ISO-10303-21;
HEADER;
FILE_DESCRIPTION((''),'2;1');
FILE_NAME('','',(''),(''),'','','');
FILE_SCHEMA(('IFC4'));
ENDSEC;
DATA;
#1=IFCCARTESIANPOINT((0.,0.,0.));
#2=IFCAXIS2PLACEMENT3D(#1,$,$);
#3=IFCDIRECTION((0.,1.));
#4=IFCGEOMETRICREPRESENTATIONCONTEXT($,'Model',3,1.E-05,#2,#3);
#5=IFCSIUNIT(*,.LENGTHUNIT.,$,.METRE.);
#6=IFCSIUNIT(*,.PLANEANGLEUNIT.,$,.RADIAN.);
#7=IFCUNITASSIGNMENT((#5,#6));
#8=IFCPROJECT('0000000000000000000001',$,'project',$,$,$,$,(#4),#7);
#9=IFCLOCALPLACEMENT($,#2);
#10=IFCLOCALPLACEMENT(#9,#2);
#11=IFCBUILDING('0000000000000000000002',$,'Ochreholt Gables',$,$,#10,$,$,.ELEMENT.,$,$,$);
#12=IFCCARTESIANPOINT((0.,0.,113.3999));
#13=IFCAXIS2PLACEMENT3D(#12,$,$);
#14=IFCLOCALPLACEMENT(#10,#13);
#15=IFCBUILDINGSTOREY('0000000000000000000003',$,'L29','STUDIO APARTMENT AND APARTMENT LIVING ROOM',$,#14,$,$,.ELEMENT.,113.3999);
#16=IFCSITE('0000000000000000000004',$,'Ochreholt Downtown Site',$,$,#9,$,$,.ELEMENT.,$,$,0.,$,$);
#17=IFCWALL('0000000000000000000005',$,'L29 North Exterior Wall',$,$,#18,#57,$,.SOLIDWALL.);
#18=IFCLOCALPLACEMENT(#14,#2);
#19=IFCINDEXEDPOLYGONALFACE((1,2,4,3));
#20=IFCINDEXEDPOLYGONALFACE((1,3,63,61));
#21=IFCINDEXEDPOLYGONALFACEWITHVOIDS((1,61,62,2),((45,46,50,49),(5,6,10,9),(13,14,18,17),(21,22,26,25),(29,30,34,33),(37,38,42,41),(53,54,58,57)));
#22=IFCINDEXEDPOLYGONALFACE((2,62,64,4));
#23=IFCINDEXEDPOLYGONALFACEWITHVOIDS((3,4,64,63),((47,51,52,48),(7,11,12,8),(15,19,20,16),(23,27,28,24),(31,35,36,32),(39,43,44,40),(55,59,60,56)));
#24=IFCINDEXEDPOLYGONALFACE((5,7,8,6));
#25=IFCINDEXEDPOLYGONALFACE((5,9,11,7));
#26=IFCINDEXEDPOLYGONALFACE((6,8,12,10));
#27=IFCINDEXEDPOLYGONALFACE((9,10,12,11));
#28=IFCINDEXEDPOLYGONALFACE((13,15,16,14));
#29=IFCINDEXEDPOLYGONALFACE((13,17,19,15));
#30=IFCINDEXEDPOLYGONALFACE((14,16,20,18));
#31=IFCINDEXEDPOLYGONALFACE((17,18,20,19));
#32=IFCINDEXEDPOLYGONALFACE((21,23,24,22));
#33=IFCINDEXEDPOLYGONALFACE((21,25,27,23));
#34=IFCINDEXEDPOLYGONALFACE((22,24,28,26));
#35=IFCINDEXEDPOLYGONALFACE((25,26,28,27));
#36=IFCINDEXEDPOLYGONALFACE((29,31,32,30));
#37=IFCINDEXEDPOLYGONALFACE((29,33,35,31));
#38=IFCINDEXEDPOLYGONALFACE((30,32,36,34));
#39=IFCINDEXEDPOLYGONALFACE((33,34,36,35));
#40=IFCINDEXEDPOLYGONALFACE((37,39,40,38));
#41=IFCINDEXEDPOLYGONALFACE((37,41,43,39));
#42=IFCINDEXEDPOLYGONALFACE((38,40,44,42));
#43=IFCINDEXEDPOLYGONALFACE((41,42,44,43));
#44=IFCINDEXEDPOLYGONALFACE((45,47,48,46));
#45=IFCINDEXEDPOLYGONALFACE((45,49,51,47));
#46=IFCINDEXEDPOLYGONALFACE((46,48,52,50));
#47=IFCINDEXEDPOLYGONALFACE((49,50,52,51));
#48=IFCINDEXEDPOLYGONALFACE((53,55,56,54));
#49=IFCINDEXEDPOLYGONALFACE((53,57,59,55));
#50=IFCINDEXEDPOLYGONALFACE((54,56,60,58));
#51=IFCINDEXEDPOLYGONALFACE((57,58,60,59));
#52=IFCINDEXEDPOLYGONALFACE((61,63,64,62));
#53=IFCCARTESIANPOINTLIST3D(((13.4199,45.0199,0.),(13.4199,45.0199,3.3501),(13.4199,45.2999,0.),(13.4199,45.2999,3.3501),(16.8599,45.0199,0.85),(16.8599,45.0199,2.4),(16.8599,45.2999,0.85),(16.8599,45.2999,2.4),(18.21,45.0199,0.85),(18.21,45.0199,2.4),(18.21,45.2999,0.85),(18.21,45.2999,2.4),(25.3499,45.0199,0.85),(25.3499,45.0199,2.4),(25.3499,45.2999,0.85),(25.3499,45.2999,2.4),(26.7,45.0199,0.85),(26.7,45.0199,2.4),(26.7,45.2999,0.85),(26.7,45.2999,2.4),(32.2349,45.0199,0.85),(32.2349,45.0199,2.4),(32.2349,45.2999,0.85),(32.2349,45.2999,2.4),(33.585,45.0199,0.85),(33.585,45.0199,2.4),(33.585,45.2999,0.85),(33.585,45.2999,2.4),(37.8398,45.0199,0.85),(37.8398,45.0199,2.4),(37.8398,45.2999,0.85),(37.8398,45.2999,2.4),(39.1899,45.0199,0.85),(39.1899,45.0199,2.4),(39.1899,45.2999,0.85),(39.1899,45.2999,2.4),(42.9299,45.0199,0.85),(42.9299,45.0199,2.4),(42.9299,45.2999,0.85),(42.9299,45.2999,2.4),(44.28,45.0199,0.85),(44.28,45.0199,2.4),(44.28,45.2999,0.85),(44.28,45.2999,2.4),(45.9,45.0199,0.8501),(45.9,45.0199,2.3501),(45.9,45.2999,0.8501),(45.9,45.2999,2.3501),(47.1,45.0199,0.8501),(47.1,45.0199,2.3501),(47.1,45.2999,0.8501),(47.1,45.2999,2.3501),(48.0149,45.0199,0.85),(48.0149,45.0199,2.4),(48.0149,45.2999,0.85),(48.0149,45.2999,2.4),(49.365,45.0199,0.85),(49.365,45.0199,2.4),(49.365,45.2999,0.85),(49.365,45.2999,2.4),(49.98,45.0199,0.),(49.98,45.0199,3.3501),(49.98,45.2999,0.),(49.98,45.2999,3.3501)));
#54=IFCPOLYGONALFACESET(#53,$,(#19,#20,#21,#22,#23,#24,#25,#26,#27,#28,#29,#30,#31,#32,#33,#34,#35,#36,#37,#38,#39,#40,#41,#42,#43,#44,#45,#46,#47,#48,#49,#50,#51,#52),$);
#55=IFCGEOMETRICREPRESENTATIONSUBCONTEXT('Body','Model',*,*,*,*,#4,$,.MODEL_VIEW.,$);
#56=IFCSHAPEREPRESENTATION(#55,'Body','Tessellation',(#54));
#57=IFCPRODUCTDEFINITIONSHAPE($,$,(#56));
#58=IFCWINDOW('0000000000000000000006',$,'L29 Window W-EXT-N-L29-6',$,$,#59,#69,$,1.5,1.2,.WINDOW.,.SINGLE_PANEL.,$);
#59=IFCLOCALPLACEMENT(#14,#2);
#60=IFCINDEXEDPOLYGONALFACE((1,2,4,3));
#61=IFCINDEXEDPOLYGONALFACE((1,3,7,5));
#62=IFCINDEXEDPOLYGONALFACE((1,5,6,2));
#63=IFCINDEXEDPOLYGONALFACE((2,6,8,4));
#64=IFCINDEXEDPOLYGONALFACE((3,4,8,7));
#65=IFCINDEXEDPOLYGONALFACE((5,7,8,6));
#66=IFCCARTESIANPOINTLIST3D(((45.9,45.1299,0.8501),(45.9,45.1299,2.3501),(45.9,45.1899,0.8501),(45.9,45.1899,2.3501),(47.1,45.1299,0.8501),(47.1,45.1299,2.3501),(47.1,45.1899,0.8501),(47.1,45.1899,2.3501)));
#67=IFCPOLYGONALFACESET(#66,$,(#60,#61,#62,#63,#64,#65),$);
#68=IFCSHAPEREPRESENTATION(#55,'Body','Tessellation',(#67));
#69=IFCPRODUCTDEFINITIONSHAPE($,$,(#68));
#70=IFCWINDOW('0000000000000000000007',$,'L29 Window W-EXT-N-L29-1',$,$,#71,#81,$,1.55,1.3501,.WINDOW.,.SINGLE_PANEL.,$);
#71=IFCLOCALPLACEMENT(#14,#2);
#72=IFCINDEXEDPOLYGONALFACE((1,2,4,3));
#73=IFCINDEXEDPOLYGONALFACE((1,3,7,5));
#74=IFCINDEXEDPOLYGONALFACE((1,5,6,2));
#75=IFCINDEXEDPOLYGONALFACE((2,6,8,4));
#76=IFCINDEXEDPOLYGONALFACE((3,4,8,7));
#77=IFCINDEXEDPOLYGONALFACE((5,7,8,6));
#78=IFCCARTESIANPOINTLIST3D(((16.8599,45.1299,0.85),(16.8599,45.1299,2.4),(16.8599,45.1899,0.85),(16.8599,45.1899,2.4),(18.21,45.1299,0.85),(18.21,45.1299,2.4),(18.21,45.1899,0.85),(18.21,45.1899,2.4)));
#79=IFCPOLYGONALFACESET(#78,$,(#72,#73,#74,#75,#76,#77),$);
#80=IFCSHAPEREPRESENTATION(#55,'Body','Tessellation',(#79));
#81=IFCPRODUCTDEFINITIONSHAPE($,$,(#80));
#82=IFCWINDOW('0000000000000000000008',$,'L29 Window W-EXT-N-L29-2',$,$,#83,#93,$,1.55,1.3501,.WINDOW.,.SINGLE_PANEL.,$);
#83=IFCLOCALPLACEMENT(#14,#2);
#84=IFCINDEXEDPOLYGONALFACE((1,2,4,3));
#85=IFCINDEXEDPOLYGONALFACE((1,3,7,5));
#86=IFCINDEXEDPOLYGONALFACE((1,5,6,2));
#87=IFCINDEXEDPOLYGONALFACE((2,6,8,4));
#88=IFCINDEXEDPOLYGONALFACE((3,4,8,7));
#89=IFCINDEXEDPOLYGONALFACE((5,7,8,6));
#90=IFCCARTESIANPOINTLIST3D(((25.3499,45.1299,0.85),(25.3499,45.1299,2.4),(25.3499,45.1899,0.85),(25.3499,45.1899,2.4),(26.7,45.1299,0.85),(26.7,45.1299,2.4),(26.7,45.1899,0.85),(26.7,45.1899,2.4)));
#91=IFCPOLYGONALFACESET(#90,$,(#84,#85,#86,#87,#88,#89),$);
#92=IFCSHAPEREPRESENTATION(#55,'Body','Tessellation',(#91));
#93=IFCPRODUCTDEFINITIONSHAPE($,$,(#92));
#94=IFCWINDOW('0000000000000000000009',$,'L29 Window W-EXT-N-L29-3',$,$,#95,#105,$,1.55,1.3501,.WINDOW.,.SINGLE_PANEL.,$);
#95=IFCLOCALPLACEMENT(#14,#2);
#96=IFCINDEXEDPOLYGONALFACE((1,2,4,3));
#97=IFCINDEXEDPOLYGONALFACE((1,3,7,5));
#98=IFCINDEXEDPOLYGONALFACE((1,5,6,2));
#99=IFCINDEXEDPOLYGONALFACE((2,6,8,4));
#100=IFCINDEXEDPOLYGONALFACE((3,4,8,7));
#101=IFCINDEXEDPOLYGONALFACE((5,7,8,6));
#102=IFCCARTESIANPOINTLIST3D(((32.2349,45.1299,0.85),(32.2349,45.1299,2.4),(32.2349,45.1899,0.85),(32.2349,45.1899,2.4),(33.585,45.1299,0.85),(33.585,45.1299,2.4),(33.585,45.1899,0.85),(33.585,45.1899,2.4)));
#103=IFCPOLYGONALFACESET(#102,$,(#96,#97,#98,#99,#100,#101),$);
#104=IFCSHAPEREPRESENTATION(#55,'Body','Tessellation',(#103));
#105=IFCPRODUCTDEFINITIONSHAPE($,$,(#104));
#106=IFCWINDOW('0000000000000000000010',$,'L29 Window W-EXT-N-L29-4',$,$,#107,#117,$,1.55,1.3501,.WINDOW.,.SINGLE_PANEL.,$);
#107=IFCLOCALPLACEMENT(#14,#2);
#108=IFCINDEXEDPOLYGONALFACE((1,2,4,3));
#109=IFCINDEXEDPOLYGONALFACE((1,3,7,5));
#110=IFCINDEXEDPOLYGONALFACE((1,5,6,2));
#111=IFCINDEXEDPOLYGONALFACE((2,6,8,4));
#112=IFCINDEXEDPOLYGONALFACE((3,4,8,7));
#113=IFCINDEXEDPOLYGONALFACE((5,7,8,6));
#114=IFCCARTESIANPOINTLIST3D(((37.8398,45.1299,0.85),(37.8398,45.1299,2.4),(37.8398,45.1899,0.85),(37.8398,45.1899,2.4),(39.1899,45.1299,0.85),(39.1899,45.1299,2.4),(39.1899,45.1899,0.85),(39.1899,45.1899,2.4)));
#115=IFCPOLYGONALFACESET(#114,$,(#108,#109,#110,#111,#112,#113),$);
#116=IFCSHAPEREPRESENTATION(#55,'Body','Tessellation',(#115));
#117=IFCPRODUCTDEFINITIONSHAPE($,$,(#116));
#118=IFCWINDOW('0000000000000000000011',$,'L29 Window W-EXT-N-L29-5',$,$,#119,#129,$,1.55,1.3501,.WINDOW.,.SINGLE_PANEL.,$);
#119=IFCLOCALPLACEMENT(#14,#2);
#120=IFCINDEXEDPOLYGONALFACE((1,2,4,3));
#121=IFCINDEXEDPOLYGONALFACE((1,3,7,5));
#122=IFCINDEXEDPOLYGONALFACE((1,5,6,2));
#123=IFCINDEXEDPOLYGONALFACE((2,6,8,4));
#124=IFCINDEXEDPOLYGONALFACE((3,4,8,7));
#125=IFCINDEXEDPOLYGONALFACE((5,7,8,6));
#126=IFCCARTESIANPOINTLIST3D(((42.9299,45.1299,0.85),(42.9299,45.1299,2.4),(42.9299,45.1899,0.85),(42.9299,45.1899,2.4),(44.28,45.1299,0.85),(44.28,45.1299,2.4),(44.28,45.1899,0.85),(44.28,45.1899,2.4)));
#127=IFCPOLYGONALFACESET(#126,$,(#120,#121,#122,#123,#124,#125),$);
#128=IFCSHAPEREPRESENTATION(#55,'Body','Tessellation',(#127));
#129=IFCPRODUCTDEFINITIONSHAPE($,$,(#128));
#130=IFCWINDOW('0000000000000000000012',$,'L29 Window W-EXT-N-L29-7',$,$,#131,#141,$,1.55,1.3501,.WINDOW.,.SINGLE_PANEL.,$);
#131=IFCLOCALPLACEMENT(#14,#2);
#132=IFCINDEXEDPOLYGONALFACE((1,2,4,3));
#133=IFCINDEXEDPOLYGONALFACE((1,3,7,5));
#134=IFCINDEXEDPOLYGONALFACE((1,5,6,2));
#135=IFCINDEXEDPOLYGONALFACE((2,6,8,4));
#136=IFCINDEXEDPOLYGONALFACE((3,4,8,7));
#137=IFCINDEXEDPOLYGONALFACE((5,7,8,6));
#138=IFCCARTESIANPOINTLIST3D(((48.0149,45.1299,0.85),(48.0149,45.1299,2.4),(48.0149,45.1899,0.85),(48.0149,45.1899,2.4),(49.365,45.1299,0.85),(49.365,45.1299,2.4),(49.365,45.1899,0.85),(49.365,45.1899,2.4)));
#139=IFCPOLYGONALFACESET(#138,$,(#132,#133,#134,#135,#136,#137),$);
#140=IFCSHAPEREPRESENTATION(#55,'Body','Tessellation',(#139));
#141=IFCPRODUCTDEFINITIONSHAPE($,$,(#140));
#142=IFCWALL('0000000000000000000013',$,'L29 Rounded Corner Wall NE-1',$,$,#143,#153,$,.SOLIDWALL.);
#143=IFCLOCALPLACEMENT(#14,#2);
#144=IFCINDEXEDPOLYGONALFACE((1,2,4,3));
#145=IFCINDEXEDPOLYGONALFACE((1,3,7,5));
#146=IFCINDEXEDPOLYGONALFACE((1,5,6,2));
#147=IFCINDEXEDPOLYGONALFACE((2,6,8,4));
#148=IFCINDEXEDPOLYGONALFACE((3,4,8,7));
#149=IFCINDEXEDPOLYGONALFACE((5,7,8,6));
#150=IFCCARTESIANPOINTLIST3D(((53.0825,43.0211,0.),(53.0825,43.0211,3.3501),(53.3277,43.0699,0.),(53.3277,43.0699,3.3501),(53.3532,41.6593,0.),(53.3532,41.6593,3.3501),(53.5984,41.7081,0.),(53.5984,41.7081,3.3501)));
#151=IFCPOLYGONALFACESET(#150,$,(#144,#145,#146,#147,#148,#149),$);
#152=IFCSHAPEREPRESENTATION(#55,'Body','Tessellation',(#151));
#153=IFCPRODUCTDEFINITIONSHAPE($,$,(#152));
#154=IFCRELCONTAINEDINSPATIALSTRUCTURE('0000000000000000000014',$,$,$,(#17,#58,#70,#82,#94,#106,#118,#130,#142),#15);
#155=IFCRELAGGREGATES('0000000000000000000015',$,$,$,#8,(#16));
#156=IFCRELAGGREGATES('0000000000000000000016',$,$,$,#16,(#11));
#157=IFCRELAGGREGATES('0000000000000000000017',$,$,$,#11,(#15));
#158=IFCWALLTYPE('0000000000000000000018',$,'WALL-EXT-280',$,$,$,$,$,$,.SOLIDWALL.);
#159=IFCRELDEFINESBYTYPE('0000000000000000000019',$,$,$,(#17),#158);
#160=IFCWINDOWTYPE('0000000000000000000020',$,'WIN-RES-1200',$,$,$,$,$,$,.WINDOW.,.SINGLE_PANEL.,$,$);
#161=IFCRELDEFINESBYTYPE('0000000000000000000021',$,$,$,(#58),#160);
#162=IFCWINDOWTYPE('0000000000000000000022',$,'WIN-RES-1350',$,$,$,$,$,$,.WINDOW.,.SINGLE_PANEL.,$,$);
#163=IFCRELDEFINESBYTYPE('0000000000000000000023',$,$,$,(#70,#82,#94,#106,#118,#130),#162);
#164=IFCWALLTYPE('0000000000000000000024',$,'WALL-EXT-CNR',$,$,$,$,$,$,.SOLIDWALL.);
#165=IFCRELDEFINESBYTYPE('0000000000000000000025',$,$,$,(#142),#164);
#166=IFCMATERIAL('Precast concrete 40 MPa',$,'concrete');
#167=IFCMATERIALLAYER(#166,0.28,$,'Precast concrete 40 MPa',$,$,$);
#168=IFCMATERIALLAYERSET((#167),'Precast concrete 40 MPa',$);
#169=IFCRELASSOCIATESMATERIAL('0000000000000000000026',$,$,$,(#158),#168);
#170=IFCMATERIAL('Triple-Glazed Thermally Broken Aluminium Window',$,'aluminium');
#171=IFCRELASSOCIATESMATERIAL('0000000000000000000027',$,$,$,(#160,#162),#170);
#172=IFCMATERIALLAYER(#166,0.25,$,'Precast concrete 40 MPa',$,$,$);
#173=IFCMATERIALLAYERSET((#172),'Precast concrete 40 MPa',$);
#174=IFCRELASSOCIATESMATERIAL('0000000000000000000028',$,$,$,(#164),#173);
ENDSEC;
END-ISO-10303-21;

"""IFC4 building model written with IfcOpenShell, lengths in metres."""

from ifc_helpers import new_model, si_unit, direction, frame, frame_2d, origin, place, context, subcontext, project, spatial, rectangle, extrude, material, layer, layer_set, type_object, element, fill, save


model = new_model("IFC4")

# Units and contexts
model_context = context("Model", 3, precision=1e-05, world=origin(), true_north=direction((0.0, 1.0)))
body_context = subcontext(model_context, "Body", "Model", "MODEL_VIEW")
ifc_project = project(units=[si_unit("LENGTHUNIT", "METRE"), si_unit("PLANEANGLEUNIT", "RADIAN")], contexts=[model_context])

# Site, building, storey
site_placement = place(None, origin())
site = spatial("IfcSite", under=ifc_project, at=site_placement, Name="Ochreholt Downtown Site", CompositionType="ELEMENT", RefElevation=0.0)
building_placement = place(site_placement, origin())
building = spatial("IfcBuilding", under=site, at=building_placement, Name="Ochreholt Gables", CompositionType="ELEMENT")
storey_placement = place(building_placement, frame((0.0, 0.0, 113.3999)))
storey = spatial("IfcBuildingStorey", under=building, at=storey_placement, Name="L29", Description="STUDIO APARTMENT AND APARTMENT LIVING ROOM", CompositionType="ELEMENT", Elevation=113.3999)

# Wall, openings, windows
ifc_material_1 = material(Name="Precast concrete 40 MPa", Category="concrete")
ifc_layer_1 = layer(ifc_material_1, 0.28, Name="Precast concrete 40 MPa")
ifc_layer_set_1 = layer_set([ifc_layer_1], Name="Precast concrete 40 MPa")
wall_type_1 = type_object("IfcWallType", Name="WALL-EXT-280", PredefinedType="SOLIDWALL", material=ifc_layer_set_1)
wall_1_placement = place(storey_placement, frame((49.98, 45.1599, 0.0), z_axis=(0.0, 0.0, 1.0), x_axis=(-1.0, 0.0, 0.0)))
wall_1 = element("IfcWall", 1, at=wall_1_placement, inside=storey, type_object=wall_type_1, Name="L29 North Exterior Wall", PredefinedType="SOLIDWALL", context=body_context, shape_type="SweptSolid", body=[
    extrude(rectangle(XDim=36.5601, YDim=0.28, at=frame_2d((18.28, 0.0))), origin(), (0.0, 0.0, 1.0), 3.3501),
])
opening_1_placement = place(wall_1_placement, frame((31.77, 0.0, 0.8501)))
opening_1 = element("IfcOpeningElement", 2, at=opening_1_placement, cuts=wall_1, PredefinedType="OPENING", context=body_context, shape_type="SweptSolid", body=[
    extrude(rectangle(XDim=1.3501, YDim=1.55, at=frame_2d((0.675, 0.7749))), frame((0.0, 0.1499, 0.0), z_axis=(0.0, -1.0, 0.0), x_axis=(1.0, 0.0, 0.0)), (0.0, 0.0, 1.0), 0.3),
])
opening_2_placement = place(wall_1_placement, frame((23.28, 0.0, 0.8501)))
opening_2 = element("IfcOpeningElement", 3, at=opening_2_placement, cuts=wall_1, PredefinedType="OPENING", context=body_context, shape_type="SweptSolid", body=[
    extrude(rectangle(XDim=1.3501, YDim=1.55, at=frame_2d((0.675, 0.7749))), frame((0.0, 0.1499, 0.0), z_axis=(0.0, -1.0, 0.0), x_axis=(1.0, 0.0, 0.0)), (0.0, 0.0, 1.0), 0.3),
])
opening_3_placement = place(wall_1_placement, frame((16.395, 0.0, 0.8501)))
opening_3 = element("IfcOpeningElement", 4, at=opening_3_placement, cuts=wall_1, PredefinedType="OPENING", context=body_context, shape_type="SweptSolid", body=[
    extrude(rectangle(XDim=1.3501, YDim=1.55, at=frame_2d((0.675, 0.7749))), frame((0.0, 0.1499, 0.0), z_axis=(0.0, -1.0, 0.0), x_axis=(1.0, 0.0, 0.0)), (0.0, 0.0, 1.0), 0.3),
])
opening_4_placement = place(wall_1_placement, frame((10.79, 0.0, 0.8501)))
opening_4 = element("IfcOpeningElement", 5, at=opening_4_placement, cuts=wall_1, PredefinedType="OPENING", context=body_context, shape_type="SweptSolid", body=[
    extrude(rectangle(XDim=1.3501, YDim=1.55, at=frame_2d((0.675, 0.7749))), frame((0.0, 0.1499, 0.0), z_axis=(0.0, -1.0, 0.0), x_axis=(1.0, 0.0, 0.0)), (0.0, 0.0, 1.0), 0.3),
])
opening_5_placement = place(wall_1_placement, frame((5.7, 0.0, 0.8501)))
opening_5 = element("IfcOpeningElement", 6, at=opening_5_placement, cuts=wall_1, PredefinedType="OPENING", context=body_context, shape_type="SweptSolid", body=[
    extrude(rectangle(XDim=1.3501, YDim=1.55, at=frame_2d((0.675, 0.7749))), frame((0.0, 0.1499, 0.0), z_axis=(0.0, -1.0, 0.0), x_axis=(1.0, 0.0, 0.0)), (0.0, 0.0, 1.0), 0.3),
])
opening_6_placement = place(wall_1_placement, frame((2.8799, 0.0, 0.8501)))
opening_6 = element("IfcOpeningElement", 7, at=opening_6_placement, cuts=wall_1, PredefinedType="OPENING", context=body_context, shape_type="SweptSolid", body=[
    extrude(rectangle(XDim=1.2, YDim=1.5, at=frame_2d((0.6001, 0.75))), frame((0.0, 0.1499, 0.0), z_axis=(0.0, -1.0, 0.0), x_axis=(1.0, 0.0, 0.0)), (0.0, 0.0, 1.0), 0.3),
])
opening_7_placement = place(wall_1_placement, frame((0.615, 0.0, 0.8501)))
opening_7 = element("IfcOpeningElement", 8, at=opening_7_placement, cuts=wall_1, PredefinedType="OPENING", context=body_context, shape_type="SweptSolid", body=[
    extrude(rectangle(XDim=1.3501, YDim=1.55, at=frame_2d((0.675, 0.7749))), frame((0.0, 0.1499, 0.0), z_axis=(0.0, -1.0, 0.0), x_axis=(1.0, 0.0, 0.0)), (0.0, 0.0, 1.0), 0.3),
])
ifc_material_2 = material(Name="Triple-Glazed Thermally Broken Aluminium Window", Category="aluminium")
window_type_1 = type_object("IfcWindowType", Name="WIN-RES-1200", PartitioningType="SINGLE_PANEL", PredefinedType="WINDOW", material=ifc_material_2)
window_1_placement = place(opening_6_placement, origin())
window_1 = element("IfcWindow", 9, at=window_1_placement, inside=storey, type_object=window_type_1, Name="L29 Window W-EXT-N-L29-6", OverallHeight=1.5, OverallWidth=1.2, PartitioningType="SINGLE_PANEL", PredefinedType="WINDOW", context=body_context, shape_type="SweptSolid", body=[
    extrude(rectangle(XDim=1.2, YDim=1.5, at=frame_2d((0.6001, 0.75))), frame((0.0, 0.03, 0.0), z_axis=(0.0, -1.0, 0.0), x_axis=(1.0, 0.0, 0.0)), (0.0, 0.0, 1.0), 0.0601),
])
fill(opening_6, window_1)
window_type_2 = type_object("IfcWindowType", Name="WIN-RES-1350", PartitioningType="SINGLE_PANEL", PredefinedType="WINDOW", material=ifc_material_2)
window_2_placement = place(opening_1_placement, origin())
window_2 = element("IfcWindow", 10, at=window_2_placement, inside=storey, type_object=window_type_2, Name="L29 Window W-EXT-N-L29-1", OverallHeight=1.55, OverallWidth=1.3501, PartitioningType="SINGLE_PANEL", PredefinedType="WINDOW", context=body_context, shape_type="SweptSolid", body=[
    extrude(rectangle(XDim=1.3501, YDim=1.55, at=frame_2d((0.675, 0.7749))), frame((0.0, 0.03, 0.0), z_axis=(0.0, -1.0, 0.0), x_axis=(1.0, 0.0, 0.0)), (0.0, 0.0, 1.0), 0.0601),
])
fill(opening_1, window_2)
window_3_placement = place(opening_2_placement, origin())
window_3 = element("IfcWindow", 11, at=window_3_placement, inside=storey, type_object=window_type_2, Name="L29 Window W-EXT-N-L29-2", OverallHeight=1.55, OverallWidth=1.3501, PartitioningType="SINGLE_PANEL", PredefinedType="WINDOW", context=body_context, shape_type="SweptSolid", body=[
    extrude(rectangle(XDim=1.3501, YDim=1.55, at=frame_2d((0.675, 0.7749))), frame((0.0, 0.03, 0.0), z_axis=(0.0, -1.0, 0.0), x_axis=(1.0, 0.0, 0.0)), (0.0, 0.0, 1.0), 0.0601),
])
fill(opening_2, window_3)
window_4_placement = place(opening_3_placement, origin())
window_4 = element("IfcWindow", 12, at=window_4_placement, inside=storey, type_object=window_type_2, Name="L29 Window W-EXT-N-L29-3", OverallHeight=1.55, OverallWidth=1.3501, PartitioningType="SINGLE_PANEL", PredefinedType="WINDOW", context=body_context, shape_type="SweptSolid", body=[
    extrude(rectangle(XDim=1.3501, YDim=1.55, at=frame_2d((0.675, 0.7749))), frame((0.0, 0.03, 0.0), z_axis=(0.0, -1.0, 0.0), x_axis=(1.0, 0.0, 0.0)), (0.0, 0.0, 1.0), 0.0601),
])
fill(opening_3, window_4)
window_5_placement = place(opening_4_placement, origin())
window_5 = element("IfcWindow", 13, at=window_5_placement, inside=storey, type_object=window_type_2, Name="L29 Window W-EXT-N-L29-4", OverallHeight=1.55, OverallWidth=1.3501, PartitioningType="SINGLE_PANEL", PredefinedType="WINDOW", context=body_context, shape_type="SweptSolid", body=[
    extrude(rectangle(XDim=1.3501, YDim=1.55, at=frame_2d((0.675, 0.7749))), frame((0.0, 0.03, 0.0), z_axis=(0.0, -1.0, 0.0), x_axis=(1.0, 0.0, 0.0)), (0.0, 0.0, 1.0), 0.0601),
])
fill(opening_4, window_5)
window_6_placement = place(opening_5_placement, origin())
window_6 = element("IfcWindow", 14, at=window_6_placement, inside=storey, type_object=window_type_2, Name="L29 Window W-EXT-N-L29-5", OverallHeight=1.55, OverallWidth=1.3501, PartitioningType="SINGLE_PANEL", PredefinedType="WINDOW", context=body_context, shape_type="SweptSolid", body=[
    extrude(rectangle(XDim=1.3501, YDim=1.55, at=frame_2d((0.675, 0.7749))), frame((0.0, 0.03, 0.0), z_axis=(0.0, -1.0, 0.0), x_axis=(1.0, 0.0, 0.0)), (0.0, 0.0, 1.0), 0.0601),
])
fill(opening_5, window_6)
window_7_placement = place(opening_7_placement, origin())
window_7 = element("IfcWindow", 15, at=window_7_placement, inside=storey, type_object=window_type_2, Name="L29 Window W-EXT-N-L29-7", OverallHeight=1.55, OverallWidth=1.3501, PartitioningType="SINGLE_PANEL", PredefinedType="WINDOW", context=body_context, shape_type="SweptSolid", body=[
    extrude(rectangle(XDim=1.3501, YDim=1.55, at=frame_2d((0.675, 0.7749))), frame((0.0, 0.03, 0.0), z_axis=(0.0, -1.0, 0.0), x_axis=(1.0, 0.0, 0.0)), (0.0, 0.0, 1.0), 0.0601),
])
fill(opening_7, window_7)

# Wall
ifc_layer_2 = layer(ifc_material_1, 0.25, Name="Precast concrete 40 MPa")
ifc_layer_set_2 = layer_set([ifc_layer_2], Name="Precast concrete 40 MPa")
wall_type_2 = type_object("IfcWallType", Name="WALL-EXT-CNR", PredefinedType="SOLIDWALL", material=ifc_layer_set_2)
wall_2_placement = place(storey_placement, frame((53.4758, 41.6836, 0.0), z_axis=(0.0, 0.0, 1.0), x_axis=(-0.195, 0.980803, 0.0)))
element("IfcWall", 16, at=wall_2_placement, inside=storey, type_object=wall_type_2, Name="L29 Rounded Corner Wall NE-1", PredefinedType="SOLIDWALL", context=body_context, shape_type="SweptSolid", body=[
    extrude(rectangle(XDim=1.3884, YDim=0.25, at=frame_2d((0.6943, 0.0))), origin(), (0.0, 0.0, 1.0), 3.3501),
])

save(model, "model.ifc")
